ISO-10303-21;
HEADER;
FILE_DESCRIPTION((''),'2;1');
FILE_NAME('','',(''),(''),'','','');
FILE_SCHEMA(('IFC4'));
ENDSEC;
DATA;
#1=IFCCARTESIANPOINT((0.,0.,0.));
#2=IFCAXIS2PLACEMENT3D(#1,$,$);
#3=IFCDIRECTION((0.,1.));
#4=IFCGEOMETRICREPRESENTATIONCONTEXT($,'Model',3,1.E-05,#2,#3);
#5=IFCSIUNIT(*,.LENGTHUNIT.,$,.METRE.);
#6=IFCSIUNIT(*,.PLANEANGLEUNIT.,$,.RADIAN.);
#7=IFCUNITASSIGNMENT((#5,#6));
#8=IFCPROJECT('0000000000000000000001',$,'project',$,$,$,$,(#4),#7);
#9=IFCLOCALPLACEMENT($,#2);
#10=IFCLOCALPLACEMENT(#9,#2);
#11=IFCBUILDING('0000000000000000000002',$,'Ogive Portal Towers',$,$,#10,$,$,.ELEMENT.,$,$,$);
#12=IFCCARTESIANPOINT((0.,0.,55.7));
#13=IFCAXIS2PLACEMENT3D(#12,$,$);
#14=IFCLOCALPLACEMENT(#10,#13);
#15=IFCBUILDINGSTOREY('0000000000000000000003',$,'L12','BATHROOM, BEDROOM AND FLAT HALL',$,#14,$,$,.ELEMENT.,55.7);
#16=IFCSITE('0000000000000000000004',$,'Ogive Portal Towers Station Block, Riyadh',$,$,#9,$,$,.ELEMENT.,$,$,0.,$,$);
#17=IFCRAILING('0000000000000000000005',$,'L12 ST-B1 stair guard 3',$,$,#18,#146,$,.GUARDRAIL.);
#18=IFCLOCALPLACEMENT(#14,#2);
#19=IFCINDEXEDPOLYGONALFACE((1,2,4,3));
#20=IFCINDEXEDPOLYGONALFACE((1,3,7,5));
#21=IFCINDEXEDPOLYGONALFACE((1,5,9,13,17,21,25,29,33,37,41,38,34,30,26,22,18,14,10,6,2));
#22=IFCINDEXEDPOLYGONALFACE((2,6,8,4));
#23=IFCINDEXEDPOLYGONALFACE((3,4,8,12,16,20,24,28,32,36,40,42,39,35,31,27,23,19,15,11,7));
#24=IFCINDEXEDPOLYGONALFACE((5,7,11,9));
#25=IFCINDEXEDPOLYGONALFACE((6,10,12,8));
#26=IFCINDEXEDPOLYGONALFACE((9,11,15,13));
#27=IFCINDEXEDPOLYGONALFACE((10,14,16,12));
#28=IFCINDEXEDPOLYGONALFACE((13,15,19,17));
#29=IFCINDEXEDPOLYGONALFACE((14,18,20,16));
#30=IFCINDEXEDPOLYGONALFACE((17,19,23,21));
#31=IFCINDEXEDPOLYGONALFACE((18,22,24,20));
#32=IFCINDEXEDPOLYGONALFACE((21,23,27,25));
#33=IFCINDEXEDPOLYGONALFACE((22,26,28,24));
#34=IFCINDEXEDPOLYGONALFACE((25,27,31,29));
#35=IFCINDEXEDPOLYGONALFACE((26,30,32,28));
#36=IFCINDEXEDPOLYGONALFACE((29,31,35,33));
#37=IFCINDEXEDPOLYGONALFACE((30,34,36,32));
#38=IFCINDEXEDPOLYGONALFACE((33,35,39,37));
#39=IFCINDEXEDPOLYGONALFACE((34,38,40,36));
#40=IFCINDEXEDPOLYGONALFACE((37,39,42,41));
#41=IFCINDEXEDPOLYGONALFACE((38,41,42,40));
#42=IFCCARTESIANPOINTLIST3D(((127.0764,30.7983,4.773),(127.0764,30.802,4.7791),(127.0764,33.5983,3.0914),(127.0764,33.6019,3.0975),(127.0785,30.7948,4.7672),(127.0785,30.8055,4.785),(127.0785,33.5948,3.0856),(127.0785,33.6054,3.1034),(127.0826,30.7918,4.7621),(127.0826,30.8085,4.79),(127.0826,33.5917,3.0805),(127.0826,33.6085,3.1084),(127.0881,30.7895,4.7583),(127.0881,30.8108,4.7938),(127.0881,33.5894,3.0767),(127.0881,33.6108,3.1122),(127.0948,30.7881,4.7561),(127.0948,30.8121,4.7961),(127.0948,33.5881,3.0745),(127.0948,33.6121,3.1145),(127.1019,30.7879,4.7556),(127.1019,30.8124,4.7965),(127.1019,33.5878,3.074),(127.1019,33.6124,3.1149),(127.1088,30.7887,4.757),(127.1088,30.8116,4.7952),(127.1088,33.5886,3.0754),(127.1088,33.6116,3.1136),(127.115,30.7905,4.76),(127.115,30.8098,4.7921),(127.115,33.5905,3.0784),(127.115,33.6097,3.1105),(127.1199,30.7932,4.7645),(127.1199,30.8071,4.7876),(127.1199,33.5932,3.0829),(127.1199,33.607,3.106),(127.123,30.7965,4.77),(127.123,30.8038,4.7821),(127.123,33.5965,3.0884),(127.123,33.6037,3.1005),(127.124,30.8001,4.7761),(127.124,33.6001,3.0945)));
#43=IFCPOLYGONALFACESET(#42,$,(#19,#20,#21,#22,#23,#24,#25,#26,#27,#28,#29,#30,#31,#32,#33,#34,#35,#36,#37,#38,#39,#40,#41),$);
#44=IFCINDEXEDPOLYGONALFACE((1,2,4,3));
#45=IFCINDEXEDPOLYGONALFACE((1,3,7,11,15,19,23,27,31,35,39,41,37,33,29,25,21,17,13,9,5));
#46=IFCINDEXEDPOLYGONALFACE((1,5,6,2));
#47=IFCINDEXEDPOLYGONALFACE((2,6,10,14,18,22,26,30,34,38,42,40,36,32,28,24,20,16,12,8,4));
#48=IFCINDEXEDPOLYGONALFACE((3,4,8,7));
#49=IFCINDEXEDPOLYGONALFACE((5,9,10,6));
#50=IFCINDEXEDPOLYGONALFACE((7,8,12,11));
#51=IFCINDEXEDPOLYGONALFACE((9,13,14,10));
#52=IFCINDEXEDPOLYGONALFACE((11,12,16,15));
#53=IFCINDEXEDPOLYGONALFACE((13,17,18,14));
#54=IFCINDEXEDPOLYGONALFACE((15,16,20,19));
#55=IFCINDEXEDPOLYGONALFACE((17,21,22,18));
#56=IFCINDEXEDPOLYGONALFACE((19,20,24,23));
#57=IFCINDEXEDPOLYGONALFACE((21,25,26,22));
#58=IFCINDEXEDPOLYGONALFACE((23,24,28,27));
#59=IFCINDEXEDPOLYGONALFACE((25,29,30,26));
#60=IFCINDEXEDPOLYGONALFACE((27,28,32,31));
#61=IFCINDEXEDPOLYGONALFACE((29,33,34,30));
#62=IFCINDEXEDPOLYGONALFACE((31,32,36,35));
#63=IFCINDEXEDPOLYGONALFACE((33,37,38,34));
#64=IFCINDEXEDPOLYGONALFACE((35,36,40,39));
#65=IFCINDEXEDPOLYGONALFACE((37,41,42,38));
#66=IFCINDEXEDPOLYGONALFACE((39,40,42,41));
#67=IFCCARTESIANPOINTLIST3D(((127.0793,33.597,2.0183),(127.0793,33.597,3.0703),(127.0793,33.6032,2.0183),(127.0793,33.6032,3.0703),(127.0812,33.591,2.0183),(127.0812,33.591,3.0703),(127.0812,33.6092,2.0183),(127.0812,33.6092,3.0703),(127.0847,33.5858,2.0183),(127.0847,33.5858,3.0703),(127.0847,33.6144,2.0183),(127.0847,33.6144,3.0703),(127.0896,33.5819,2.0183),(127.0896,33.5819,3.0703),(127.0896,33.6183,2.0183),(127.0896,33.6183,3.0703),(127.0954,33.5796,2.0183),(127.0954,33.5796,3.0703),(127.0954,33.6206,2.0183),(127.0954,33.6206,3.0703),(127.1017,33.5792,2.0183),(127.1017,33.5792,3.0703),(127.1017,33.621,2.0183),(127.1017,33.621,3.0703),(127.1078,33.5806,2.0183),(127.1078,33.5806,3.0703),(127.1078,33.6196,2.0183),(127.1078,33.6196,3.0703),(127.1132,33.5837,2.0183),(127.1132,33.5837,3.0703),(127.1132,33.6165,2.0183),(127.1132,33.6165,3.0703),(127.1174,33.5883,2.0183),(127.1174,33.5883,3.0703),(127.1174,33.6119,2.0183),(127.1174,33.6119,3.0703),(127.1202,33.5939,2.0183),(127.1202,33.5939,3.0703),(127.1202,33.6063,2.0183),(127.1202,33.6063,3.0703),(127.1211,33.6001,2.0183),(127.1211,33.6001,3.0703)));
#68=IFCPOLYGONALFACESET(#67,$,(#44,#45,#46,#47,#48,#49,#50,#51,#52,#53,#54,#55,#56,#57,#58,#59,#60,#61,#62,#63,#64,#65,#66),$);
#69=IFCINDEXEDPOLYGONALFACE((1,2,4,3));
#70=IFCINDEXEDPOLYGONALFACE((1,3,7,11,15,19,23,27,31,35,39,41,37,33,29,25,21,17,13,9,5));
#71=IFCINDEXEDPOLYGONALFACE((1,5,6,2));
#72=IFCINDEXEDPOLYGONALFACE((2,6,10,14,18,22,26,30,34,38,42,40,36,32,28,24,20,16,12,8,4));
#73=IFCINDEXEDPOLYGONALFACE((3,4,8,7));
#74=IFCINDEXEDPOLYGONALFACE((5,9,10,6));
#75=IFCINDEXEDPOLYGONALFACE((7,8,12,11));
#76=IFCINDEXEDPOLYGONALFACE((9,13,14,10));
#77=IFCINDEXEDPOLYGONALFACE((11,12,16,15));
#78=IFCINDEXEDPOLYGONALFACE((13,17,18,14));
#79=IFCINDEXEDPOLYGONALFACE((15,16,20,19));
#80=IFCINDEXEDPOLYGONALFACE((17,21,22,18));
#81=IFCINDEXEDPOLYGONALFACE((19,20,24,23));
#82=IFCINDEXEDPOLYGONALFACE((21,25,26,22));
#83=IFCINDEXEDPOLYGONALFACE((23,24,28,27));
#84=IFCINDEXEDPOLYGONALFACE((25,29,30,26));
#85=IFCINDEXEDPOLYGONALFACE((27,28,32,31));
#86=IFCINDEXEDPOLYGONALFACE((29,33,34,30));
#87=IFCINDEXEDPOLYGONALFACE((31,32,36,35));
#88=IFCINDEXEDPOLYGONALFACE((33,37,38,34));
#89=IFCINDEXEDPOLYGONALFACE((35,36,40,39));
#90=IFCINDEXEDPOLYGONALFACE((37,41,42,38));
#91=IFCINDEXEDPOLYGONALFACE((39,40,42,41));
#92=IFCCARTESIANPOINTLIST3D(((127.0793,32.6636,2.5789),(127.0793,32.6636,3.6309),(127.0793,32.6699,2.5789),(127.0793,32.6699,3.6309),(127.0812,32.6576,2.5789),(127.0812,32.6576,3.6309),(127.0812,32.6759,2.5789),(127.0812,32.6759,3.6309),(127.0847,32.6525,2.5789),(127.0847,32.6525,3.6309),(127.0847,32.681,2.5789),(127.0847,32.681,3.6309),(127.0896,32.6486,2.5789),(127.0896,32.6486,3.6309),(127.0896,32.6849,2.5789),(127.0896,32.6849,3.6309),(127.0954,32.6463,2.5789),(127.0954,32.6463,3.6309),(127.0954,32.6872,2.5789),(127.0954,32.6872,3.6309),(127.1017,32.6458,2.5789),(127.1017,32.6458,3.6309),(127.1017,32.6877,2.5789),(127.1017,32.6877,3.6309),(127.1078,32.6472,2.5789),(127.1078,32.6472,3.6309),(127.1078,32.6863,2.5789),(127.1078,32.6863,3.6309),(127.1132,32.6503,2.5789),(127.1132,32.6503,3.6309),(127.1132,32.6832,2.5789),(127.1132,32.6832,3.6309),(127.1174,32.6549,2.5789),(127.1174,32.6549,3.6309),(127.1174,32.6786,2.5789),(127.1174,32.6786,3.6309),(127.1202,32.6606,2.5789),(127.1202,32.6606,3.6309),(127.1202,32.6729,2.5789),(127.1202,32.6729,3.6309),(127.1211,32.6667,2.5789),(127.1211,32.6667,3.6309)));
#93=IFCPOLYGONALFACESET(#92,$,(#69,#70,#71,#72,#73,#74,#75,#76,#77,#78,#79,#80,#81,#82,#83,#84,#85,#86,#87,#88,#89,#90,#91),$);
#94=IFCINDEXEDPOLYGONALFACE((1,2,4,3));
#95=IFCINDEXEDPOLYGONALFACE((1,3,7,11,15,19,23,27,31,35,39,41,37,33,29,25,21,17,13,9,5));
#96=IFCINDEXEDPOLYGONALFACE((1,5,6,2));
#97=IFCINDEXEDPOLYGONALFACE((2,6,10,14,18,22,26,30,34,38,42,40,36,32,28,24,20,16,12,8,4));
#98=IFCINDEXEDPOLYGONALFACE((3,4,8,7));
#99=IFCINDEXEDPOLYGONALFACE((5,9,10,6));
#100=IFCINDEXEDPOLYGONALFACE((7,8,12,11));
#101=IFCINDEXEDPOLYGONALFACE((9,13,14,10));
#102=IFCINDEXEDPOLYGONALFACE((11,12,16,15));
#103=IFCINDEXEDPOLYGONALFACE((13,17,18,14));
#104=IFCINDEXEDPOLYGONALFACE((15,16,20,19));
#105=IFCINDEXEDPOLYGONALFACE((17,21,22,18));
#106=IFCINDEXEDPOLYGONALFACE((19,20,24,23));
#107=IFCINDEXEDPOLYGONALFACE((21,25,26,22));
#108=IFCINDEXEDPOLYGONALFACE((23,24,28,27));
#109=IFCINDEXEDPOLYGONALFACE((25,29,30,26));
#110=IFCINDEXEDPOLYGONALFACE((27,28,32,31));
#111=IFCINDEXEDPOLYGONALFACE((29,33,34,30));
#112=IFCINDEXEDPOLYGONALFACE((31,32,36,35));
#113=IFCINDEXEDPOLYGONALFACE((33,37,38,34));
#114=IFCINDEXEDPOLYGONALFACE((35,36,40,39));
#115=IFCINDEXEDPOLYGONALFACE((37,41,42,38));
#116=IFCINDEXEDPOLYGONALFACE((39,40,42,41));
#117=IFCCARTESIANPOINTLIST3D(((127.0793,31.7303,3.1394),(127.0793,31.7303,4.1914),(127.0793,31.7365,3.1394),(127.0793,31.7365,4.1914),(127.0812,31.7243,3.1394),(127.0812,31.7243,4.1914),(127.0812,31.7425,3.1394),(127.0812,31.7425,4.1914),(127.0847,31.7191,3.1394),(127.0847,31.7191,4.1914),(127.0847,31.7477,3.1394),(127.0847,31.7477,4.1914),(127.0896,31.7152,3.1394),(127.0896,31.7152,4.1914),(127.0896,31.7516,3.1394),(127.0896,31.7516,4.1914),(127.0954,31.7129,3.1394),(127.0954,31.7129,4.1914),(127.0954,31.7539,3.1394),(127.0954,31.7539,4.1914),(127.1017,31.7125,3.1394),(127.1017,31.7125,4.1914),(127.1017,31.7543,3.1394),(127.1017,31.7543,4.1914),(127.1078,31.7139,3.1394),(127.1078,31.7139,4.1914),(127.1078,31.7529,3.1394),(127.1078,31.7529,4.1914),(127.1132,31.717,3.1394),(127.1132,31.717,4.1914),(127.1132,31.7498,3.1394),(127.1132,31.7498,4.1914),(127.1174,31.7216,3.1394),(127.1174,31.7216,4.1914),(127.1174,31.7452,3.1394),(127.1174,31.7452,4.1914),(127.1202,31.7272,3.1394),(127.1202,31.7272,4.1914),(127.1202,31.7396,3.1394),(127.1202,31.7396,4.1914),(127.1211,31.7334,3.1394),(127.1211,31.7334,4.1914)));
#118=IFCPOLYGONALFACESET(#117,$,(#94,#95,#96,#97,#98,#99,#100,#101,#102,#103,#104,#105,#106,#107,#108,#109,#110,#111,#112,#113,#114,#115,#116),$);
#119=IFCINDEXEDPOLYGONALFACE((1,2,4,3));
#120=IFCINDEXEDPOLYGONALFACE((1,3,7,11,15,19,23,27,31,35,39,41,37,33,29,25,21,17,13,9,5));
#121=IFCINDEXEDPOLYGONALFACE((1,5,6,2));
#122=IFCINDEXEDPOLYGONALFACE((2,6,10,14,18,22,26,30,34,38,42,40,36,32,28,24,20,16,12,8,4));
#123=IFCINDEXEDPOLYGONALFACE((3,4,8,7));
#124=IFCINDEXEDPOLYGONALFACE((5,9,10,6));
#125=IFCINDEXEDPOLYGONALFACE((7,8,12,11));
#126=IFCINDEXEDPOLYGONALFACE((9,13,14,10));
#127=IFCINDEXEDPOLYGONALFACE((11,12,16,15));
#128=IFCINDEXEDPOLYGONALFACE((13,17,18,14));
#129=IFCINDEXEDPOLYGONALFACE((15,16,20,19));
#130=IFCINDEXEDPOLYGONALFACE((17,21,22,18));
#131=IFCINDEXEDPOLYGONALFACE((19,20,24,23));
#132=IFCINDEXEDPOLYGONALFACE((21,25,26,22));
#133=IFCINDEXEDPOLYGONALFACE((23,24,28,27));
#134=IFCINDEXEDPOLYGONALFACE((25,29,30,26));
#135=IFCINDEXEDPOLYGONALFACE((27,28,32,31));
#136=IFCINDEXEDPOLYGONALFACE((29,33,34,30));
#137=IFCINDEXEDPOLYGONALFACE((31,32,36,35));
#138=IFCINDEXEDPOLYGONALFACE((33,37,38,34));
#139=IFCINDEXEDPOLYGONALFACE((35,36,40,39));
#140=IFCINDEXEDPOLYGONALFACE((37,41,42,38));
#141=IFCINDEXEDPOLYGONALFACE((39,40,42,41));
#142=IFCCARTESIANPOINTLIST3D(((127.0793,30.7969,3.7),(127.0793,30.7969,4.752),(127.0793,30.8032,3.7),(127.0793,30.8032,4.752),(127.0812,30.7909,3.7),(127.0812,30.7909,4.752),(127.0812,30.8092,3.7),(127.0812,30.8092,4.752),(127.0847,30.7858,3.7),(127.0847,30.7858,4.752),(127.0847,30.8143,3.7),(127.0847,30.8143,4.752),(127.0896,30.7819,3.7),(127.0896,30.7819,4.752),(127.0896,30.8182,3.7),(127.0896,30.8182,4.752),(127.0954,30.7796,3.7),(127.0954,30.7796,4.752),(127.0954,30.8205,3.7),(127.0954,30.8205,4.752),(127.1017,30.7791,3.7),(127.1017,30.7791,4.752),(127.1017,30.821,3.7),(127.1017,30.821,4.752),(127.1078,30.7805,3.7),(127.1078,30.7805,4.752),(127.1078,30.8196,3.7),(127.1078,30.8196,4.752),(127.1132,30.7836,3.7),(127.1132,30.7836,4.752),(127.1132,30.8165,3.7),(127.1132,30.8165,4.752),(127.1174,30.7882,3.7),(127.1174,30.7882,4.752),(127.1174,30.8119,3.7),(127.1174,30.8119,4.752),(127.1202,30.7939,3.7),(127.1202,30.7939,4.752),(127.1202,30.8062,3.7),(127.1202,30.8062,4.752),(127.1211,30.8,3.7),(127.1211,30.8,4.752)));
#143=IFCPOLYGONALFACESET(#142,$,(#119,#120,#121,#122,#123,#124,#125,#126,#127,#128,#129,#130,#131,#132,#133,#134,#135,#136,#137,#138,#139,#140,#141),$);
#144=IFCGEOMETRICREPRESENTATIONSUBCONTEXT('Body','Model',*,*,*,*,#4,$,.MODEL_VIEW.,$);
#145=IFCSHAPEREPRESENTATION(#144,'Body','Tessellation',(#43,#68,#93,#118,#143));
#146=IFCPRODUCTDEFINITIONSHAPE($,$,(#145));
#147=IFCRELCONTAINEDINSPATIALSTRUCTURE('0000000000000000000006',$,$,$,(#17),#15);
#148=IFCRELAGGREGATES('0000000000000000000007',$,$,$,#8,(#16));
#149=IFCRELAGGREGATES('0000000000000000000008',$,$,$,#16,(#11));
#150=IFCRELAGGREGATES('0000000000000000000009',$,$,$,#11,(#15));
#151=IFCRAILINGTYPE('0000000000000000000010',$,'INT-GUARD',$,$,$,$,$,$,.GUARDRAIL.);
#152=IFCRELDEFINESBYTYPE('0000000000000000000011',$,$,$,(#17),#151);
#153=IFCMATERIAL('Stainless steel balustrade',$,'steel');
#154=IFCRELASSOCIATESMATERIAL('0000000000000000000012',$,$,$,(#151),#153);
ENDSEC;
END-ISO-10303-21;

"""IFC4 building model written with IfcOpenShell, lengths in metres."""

from ifc_helpers import new_model, si_unit, direction, frame, origin, origin_2d, place, context, subcontext, project, spatial, circle, extrude, material, type_object, element, save


model = new_model("IFC4")

# Units and contexts
model_context = context("Model", 3, precision=1e-05, world=origin(), true_north=direction((0.0, 1.0)))
body_context = subcontext(model_context, "Body", "Model", "MODEL_VIEW")
ifc_project = project(units=[si_unit("LENGTHUNIT", "METRE"), si_unit("PLANEANGLEUNIT", "RADIAN")], contexts=[model_context])

# Site, building, storey
site_placement = place(None, origin())
site = spatial("IfcSite", under=ifc_project, at=site_placement, Name="Ogive Portal Towers Station Block, Riyadh", CompositionType="ELEMENT", RefElevation=0.0)
building_placement = place(site_placement, origin())
building = spatial("IfcBuilding", under=site, at=building_placement, Name="Ogive Portal Towers", CompositionType="ELEMENT")
storey_placement = place(building_placement, frame((0.0, 0.0, 55.7)))
storey = spatial("IfcBuildingStorey", under=building, at=storey_placement, Name="L12", Description="BATHROOM, BEDROOM AND FLAT HALL", CompositionType="ELEMENT", Elevation=55.7)

# Railing
ifc_material_1 = material(Name="Stainless steel balustrade", Category="steel")
railing_type = type_object("IfcRailingType", Name="INT-GUARD", PredefinedType="GUARDRAIL", material=ifc_material_1)
railing_1_placement = place(storey_placement, frame((127.1001, 33.6001, 2.0183)))
element("IfcRailing", 1, at=railing_1_placement, inside=storey, type_object=railing_type, Name="L12 ST-B1 stair guard 3", PredefinedType="GUARDRAIL", context=body_context, shape_type="SweptSolid", body=[
    extrude(circle(Radius=0.0239, at=origin_2d()), frame((0.0, 0.0, 1.0762), z_axis=(0.0, -0.857275, 0.514858), x_axis=(1.0, 0.0, 0.0)), (0.0, 0.0, 1.0), 3.2661),
    extrude(circle(Radius=0.021, at=origin_2d()), origin(), (0.0, 0.0, 1.0), 1.052),
    extrude(circle(Radius=0.021, at=origin_2d()), frame((0.0, -0.9333, 0.5605)), (0.0, 0.0, 1.0), 1.052),
    extrude(circle(Radius=0.021, at=origin_2d()), frame((0.0, -1.8667, 1.1211)), (0.0, 0.0, 1.0), 1.052),
    extrude(circle(Radius=0.021, at=origin_2d()), frame((0.0, -2.8, 1.6816)), (0.0, 0.0, 1.0), 1.052),
])

save(model, "model.ifc")
